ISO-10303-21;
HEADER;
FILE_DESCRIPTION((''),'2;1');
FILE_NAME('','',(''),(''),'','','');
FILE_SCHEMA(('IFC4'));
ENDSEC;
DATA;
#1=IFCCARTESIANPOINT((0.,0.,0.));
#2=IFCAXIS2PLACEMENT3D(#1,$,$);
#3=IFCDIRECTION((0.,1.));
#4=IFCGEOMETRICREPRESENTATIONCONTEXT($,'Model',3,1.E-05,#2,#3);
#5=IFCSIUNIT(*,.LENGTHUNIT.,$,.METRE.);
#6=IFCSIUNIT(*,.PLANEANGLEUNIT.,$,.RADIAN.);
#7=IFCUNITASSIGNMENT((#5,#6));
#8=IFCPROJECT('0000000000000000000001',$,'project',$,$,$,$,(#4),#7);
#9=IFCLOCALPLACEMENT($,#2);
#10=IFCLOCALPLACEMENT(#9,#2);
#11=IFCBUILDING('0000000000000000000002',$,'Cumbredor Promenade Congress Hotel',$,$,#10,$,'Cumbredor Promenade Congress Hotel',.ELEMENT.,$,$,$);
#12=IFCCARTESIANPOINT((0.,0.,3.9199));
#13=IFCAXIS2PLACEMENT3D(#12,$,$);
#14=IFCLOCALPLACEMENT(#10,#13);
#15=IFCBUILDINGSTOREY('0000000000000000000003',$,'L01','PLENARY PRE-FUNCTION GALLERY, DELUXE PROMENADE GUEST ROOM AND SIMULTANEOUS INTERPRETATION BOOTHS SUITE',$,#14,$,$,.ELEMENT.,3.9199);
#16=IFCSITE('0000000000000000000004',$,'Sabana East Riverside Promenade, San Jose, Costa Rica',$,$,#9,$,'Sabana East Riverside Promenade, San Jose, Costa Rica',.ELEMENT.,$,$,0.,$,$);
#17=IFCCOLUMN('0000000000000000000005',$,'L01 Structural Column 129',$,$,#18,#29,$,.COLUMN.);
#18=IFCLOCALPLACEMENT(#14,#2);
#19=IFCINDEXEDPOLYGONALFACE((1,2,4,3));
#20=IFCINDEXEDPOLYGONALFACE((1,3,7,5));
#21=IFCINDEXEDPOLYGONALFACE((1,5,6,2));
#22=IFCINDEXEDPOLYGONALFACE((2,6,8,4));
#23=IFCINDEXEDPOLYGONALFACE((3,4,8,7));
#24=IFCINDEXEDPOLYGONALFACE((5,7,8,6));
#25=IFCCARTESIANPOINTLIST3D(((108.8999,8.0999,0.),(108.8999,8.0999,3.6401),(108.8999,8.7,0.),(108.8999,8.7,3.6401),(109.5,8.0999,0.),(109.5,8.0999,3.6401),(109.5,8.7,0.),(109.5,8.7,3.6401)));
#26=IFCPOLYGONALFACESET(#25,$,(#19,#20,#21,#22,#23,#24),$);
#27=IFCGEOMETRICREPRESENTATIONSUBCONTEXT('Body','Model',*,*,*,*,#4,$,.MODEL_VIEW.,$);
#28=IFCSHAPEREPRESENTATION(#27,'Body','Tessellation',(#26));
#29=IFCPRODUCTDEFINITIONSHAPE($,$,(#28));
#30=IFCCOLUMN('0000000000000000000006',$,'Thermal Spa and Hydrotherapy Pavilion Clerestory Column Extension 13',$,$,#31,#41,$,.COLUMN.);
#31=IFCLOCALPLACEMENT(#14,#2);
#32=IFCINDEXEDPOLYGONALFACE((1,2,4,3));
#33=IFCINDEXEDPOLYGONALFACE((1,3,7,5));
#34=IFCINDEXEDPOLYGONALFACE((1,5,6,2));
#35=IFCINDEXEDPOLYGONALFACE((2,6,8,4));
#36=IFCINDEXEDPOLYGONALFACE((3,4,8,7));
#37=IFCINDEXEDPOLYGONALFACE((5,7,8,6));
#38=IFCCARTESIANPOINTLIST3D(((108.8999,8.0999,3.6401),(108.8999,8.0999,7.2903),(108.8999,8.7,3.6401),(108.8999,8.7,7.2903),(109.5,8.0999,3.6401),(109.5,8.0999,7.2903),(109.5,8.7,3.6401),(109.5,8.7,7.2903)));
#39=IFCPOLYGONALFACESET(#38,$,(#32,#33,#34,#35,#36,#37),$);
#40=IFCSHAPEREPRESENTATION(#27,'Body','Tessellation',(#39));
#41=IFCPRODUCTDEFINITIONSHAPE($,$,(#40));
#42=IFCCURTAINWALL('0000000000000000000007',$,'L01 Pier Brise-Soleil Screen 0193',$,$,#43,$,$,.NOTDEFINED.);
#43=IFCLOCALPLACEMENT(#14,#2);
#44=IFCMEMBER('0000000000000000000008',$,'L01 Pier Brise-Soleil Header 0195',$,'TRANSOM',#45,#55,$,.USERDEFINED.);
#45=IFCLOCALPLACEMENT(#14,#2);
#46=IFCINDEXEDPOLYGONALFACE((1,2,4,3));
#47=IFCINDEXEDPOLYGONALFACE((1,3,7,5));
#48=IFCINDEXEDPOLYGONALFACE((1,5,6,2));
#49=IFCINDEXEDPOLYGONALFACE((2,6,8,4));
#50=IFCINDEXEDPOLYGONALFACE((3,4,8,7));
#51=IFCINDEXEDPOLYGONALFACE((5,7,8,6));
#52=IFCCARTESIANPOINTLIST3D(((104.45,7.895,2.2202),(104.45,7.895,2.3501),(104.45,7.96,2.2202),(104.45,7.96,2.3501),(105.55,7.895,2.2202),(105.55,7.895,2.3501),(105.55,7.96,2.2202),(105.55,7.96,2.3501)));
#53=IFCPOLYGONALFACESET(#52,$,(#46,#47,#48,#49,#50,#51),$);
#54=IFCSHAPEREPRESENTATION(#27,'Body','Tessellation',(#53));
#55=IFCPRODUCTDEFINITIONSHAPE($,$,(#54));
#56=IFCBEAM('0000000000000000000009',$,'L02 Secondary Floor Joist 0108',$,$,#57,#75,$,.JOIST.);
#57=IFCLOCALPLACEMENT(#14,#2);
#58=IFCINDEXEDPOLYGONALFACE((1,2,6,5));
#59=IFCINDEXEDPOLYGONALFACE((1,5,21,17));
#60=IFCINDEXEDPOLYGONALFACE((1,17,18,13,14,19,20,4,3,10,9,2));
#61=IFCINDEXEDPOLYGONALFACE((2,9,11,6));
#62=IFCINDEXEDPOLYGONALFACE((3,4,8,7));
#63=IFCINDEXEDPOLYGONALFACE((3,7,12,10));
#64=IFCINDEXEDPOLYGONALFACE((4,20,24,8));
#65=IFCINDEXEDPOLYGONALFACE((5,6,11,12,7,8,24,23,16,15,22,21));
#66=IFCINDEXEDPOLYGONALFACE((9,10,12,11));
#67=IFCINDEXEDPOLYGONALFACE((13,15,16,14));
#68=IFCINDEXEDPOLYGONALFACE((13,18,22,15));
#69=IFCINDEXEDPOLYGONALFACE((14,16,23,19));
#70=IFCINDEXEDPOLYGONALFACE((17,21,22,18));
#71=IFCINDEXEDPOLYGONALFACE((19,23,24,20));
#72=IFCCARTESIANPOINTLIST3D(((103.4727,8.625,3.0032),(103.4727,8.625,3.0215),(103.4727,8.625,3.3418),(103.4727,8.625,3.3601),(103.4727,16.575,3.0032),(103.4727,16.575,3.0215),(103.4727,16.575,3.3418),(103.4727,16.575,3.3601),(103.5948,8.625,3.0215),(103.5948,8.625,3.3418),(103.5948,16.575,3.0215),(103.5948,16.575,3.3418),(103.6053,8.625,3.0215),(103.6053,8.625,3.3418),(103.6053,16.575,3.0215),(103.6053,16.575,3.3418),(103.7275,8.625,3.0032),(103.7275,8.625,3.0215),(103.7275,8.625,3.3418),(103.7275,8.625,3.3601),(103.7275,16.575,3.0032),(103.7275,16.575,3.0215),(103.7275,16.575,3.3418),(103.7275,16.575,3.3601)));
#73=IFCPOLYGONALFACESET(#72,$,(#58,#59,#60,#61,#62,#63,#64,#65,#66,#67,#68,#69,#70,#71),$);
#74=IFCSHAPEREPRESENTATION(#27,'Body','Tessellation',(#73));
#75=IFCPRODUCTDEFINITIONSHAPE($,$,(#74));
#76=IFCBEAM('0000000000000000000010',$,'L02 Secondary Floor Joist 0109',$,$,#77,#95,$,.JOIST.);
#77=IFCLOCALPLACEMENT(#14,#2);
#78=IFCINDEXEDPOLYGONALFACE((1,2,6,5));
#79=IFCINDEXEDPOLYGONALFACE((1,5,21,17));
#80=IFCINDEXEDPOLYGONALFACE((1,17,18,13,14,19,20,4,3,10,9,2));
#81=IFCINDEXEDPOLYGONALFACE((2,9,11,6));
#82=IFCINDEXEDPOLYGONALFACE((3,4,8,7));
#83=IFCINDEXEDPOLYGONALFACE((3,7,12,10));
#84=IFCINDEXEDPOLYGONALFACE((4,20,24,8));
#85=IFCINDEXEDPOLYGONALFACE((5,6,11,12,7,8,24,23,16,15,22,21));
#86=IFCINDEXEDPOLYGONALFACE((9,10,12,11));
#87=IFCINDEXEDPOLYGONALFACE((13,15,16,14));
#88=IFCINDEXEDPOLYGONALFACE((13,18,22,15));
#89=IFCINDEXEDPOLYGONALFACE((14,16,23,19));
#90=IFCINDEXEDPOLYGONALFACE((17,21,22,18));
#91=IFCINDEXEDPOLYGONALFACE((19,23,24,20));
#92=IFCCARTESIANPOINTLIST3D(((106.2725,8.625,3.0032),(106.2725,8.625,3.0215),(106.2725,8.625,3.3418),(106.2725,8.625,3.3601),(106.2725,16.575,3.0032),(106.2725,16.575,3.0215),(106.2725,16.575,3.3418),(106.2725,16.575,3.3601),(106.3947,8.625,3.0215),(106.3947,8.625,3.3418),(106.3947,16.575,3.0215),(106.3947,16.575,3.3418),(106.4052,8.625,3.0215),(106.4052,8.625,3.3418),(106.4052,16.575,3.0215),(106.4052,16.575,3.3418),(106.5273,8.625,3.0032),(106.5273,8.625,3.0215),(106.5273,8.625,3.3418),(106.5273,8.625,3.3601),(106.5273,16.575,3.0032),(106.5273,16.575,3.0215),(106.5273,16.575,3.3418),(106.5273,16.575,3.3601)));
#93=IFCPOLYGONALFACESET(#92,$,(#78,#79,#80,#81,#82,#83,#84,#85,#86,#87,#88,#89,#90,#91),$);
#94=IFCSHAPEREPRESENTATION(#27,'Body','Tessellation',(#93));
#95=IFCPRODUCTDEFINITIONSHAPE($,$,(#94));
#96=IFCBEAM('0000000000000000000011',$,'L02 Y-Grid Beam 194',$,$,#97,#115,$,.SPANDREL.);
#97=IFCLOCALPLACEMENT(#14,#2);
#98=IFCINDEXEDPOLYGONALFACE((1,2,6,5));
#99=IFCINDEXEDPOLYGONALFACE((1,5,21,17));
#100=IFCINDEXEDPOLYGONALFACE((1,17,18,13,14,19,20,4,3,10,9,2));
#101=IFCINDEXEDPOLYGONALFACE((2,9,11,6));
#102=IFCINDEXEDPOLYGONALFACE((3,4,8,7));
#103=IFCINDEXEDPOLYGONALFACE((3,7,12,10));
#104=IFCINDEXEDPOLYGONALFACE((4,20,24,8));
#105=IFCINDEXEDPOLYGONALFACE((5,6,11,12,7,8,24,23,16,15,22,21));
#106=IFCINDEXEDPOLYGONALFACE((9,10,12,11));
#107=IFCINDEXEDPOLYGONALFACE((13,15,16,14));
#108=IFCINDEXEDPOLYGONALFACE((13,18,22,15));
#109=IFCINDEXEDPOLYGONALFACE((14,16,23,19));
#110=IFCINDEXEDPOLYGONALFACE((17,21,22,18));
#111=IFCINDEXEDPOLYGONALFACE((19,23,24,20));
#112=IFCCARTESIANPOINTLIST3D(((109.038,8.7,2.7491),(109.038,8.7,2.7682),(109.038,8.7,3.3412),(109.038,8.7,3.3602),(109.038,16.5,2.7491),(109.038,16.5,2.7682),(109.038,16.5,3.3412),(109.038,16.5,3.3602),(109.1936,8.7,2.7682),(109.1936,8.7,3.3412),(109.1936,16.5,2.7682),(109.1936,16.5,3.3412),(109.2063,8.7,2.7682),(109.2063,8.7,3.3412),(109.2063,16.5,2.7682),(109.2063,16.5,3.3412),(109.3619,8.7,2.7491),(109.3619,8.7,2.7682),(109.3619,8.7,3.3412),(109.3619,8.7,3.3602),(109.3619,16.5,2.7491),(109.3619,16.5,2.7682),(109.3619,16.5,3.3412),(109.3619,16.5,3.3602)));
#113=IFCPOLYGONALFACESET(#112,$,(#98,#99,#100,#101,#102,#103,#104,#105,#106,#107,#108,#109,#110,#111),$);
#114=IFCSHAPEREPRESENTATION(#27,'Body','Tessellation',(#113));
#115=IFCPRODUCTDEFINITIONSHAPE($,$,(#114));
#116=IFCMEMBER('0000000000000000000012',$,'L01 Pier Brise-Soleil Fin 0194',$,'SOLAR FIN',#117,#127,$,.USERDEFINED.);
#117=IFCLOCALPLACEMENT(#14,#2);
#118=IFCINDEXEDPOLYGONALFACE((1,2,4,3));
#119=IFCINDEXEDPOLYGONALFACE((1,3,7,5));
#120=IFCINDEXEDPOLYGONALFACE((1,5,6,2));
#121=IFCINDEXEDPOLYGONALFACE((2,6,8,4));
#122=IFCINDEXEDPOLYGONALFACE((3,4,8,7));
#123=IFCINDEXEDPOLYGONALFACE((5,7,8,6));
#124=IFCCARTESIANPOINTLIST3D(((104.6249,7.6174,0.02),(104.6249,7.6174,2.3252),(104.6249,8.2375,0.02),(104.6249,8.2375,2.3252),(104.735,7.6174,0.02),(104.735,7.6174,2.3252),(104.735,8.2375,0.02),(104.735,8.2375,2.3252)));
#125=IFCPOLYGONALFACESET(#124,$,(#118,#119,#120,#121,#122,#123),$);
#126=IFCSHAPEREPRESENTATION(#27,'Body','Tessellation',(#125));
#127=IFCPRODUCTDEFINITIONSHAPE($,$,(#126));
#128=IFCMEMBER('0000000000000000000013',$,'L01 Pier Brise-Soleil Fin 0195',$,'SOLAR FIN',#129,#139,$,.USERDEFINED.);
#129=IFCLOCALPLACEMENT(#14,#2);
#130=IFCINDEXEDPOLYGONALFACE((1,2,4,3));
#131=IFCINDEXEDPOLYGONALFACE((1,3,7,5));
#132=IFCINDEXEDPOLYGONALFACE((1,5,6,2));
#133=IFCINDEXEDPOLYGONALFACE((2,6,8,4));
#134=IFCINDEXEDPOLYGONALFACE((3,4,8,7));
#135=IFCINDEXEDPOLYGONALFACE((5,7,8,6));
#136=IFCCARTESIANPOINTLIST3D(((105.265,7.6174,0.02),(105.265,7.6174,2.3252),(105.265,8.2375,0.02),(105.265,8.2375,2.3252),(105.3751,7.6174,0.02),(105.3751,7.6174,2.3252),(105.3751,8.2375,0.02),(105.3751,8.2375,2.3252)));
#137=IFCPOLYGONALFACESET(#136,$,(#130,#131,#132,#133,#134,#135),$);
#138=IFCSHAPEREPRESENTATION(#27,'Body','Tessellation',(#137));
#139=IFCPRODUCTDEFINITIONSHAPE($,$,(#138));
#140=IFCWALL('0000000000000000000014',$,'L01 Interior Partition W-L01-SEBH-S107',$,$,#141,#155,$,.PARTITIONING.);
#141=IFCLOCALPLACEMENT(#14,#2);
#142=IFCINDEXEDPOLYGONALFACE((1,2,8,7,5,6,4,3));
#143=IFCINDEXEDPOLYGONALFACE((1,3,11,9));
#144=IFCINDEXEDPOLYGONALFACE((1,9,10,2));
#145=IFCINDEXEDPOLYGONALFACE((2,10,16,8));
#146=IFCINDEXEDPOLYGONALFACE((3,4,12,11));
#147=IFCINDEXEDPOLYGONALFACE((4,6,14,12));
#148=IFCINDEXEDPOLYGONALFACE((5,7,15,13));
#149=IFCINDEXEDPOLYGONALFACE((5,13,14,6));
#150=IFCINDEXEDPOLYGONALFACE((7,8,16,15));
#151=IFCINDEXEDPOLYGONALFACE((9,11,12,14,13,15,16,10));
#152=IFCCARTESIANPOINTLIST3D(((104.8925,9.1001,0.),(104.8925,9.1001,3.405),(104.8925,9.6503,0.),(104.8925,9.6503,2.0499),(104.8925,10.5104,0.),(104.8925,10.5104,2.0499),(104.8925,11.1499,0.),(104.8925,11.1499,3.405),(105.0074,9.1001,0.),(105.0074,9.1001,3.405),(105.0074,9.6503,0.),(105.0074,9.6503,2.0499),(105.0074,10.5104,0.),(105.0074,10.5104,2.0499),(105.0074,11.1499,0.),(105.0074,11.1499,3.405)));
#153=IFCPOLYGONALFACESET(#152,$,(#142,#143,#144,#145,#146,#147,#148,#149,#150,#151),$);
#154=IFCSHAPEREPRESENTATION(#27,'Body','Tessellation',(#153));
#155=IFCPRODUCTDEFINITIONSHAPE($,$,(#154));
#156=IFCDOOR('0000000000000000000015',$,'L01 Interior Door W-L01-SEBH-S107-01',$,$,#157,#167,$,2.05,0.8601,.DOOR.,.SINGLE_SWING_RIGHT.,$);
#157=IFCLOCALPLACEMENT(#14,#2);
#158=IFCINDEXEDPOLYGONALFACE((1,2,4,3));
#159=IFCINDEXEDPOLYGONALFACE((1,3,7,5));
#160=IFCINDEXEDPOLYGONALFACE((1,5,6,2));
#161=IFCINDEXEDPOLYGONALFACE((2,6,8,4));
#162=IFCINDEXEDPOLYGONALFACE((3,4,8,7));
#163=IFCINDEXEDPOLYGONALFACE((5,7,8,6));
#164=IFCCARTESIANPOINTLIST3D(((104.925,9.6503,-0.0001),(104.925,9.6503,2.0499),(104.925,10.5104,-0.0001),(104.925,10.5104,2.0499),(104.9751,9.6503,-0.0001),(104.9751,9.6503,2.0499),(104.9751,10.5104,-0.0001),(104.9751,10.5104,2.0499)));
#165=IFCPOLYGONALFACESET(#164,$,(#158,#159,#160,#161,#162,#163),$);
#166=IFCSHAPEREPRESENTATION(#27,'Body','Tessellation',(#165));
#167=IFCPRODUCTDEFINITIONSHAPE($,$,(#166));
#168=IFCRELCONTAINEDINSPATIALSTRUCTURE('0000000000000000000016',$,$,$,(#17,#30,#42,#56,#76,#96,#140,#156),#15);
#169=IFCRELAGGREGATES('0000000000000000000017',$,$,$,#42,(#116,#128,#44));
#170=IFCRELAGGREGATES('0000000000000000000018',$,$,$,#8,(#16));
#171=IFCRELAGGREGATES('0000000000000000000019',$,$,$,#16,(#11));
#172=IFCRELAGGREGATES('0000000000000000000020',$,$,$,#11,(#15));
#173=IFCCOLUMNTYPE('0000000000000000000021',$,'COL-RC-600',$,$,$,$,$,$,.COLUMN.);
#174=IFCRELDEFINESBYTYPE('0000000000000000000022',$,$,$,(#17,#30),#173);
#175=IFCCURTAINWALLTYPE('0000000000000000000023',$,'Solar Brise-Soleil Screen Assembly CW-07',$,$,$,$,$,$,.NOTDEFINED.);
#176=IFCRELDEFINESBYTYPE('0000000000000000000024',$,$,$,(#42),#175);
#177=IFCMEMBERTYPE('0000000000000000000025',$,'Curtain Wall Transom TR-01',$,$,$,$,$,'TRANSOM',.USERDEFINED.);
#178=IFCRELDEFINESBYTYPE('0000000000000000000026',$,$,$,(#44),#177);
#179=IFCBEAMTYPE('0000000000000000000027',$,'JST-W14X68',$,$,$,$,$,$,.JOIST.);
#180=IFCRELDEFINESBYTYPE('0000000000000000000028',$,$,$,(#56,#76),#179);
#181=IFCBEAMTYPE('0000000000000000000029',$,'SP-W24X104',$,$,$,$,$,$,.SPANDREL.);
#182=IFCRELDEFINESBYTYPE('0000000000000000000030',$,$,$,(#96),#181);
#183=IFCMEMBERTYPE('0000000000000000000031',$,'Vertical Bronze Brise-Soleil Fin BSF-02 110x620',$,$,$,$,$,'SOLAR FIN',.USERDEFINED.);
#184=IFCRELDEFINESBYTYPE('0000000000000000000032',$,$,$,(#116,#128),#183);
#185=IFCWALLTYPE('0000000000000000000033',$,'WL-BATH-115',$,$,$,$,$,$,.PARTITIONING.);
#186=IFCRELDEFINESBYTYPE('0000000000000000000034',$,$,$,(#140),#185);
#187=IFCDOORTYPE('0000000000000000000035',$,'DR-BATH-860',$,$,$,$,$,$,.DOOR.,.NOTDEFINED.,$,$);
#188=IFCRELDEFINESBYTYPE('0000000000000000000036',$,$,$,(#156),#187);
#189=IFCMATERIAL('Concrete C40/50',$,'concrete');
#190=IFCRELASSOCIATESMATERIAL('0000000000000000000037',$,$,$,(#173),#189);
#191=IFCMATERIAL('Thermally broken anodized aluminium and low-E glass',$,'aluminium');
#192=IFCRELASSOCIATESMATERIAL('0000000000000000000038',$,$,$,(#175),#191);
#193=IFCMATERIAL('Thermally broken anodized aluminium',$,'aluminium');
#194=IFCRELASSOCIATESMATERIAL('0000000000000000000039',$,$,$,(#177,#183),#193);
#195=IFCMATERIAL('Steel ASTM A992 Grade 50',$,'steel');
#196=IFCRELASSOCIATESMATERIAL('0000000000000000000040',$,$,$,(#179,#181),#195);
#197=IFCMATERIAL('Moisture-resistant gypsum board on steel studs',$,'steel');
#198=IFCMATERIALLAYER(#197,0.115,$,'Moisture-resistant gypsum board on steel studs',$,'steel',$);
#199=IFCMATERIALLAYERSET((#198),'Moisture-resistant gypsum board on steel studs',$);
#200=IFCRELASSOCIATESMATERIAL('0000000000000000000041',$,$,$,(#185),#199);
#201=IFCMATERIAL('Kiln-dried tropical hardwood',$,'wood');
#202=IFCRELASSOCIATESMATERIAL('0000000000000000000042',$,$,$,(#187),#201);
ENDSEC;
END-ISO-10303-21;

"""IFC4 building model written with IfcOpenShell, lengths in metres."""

from ifc_helpers import new_model, si_unit, direction, frame, frame_2d, origin, origin_2d, place, context, subcontext, project, spatial, rectangle, i_section, extrude, material, layer, layer_set, material_profile, profile_set, type_object, element, fill, aggregate, save


model = new_model("IFC4")

# Units and contexts
model_context = context("Model", 3, precision=1e-05, world=origin(), true_north=direction((0.0, 1.0)))
body_context = subcontext(model_context, "Body", "Model", "MODEL_VIEW")
ifc_project = project(units=[si_unit("LENGTHUNIT", "METRE"), si_unit("PLANEANGLEUNIT", "RADIAN")], contexts=[model_context])

# Site, building, storey
site_placement = place(None, origin())
site = spatial("IfcSite", under=ifc_project, at=site_placement, Name="Sabana East Riverside Promenade, San Jose, Costa Rica", LongName="Sabana East Riverside Promenade, San Jose, Costa Rica", CompositionType="ELEMENT", RefElevation=0.0)
building_placement = place(site_placement, origin())
building = spatial("IfcBuilding", under=site, at=building_placement, Name="Cumbredor Promenade Congress Hotel", LongName="Cumbredor Promenade Congress Hotel", CompositionType="ELEMENT")
storey_placement = place(building_placement, frame((0.0, 0.0, 3.9199)))
storey = spatial("IfcBuildingStorey", under=building, at=storey_placement, Name="L01", Description="PLENARY PRE-FUNCTION GALLERY, DELUXE PROMENADE GUEST ROOM AND SIMULTANEOUS INTERPRETATION BOOTHS SUITE", CompositionType="ELEMENT", Elevation=3.9199)

# Columns
ifc_material_1 = material(Name="Concrete C40/50", Category="concrete")
ifc_material_profile_1 = material_profile(ifc_material_1, rectangle(XDim=0.6001, YDim=0.6001, at=origin_2d()), Name="RC 600x600")
ifc_profile_set_1 = profile_set([ifc_material_profile_1], Name="Concrete C40/50")
column_type = type_object("IfcColumnType", Name="COL-RC-600", PredefinedType="COLUMN", material=ifc_profile_set_1)
column_1_placement = place(storey_placement, frame((109.2, 8.3999, 0.0), z_axis=(0.0, 0.0, 1.0), x_axis=(1.0, 0.0, 0.0)))
element("IfcColumn", 1, at=column_1_placement, inside=storey, type_object=column_type, Name="L01 Structural Column 129", PredefinedType="COLUMN", context=body_context, shape_type="SweptSolid", body=[
    extrude(rectangle(XDim=0.6001, YDim=0.6001, at=origin_2d()), origin(), (0.0, 0.0, 1.0), 3.6401),
])
column_2_placement = place(storey_placement, frame((109.2, 8.3999, 3.6401), z_axis=(0.0, 0.0, 1.0), x_axis=(1.0, 0.0, 0.0)))
element("IfcColumn", 2, at=column_2_placement, inside=storey, type_object=column_type, Name="Thermal Spa and Hydrotherapy Pavilion Clerestory Column Extension 13", PredefinedType="COLUMN", context=body_context, shape_type="SweptSolid", body=[
    extrude(rectangle(XDim=0.6001, YDim=0.6001, at=origin_2d()), origin(), (0.0, 0.0, 1.0), 3.6501),
])

# Curtain wall, member
ifc_material_2 = material(Name="Thermally broken anodized aluminium and low-E glass", Category="aluminium")
curtain_wall_type = type_object("IfcCurtainWallType", Name="Solar Brise-Soleil Screen Assembly CW-07", PredefinedType="NOTDEFINED", material=ifc_material_2)
curtain_wall_placement = place(storey_placement, origin())
curtain_wall = element("IfcCurtainWall", 3, at=curtain_wall_placement, inside=storey, type_object=curtain_wall_type, Name="L01 Pier Brise-Soleil Screen 0193", PredefinedType="NOTDEFINED")
ifc_material_3 = material(Name="Thermally broken anodized aluminium", Category="aluminium")
ifc_material_profile_2 = material_profile(ifc_material_3, rectangle(XDim=0.0649, YDim=0.1299, at=origin_2d()), Name="ALU TRANSOM 65x130")
ifc_profile_set_2 = profile_set([ifc_material_profile_2], Name="Thermally broken anodized aluminium")
member_type_1 = type_object("IfcMemberType", Name="Curtain Wall Transom TR-01", ElementType="TRANSOM", PredefinedType="USERDEFINED", material=ifc_profile_set_2)
member_1_placement = place(storey_placement, frame((104.45, 7.9275, 2.2852), z_axis=(1.0, 0.0, 0.0), x_axis=(0.0, 1.0, 0.0)))
member_1 = element("IfcMember", 4, at=member_1_placement, type_object=member_type_1, Name="L01 Pier Brise-Soleil Header 0195", ObjectType="TRANSOM", PredefinedType="USERDEFINED", context=body_context, shape_type="SweptSolid", body=[
    extrude(rectangle(XDim=0.0649, YDim=0.1299, at=origin_2d()), origin(), (0.0, 0.0, 1.0), 1.1001),
])

# Beams
ifc_material_4 = material(Name="Steel ASTM A992 Grade 50", Category="steel")
ifc_material_profile_3 = material_profile(ifc_material_4, i_section(OverallWidth=0.2549, OverallDepth=0.3569, WebThickness=0.0105, FlangeThickness=0.0183, at=origin_2d()), Name="W14X68")
ifc_profile_set_3 = profile_set([ifc_material_profile_3], Name="Steel ASTM A992 Grade 50")
beam_type_1 = type_object("IfcBeamType", Name="JST-W14X68", PredefinedType="JOIST", material=ifc_profile_set_3)
for number, where, z_axis, x_axis, name in (
    (5, (103.6001, 8.625, 3.1816), (0.0, 1.0, 0.0), (-1.0, 0.0, 0.0), "L02 Secondary Floor Joist 0108"),
    (6, (106.3999, 8.625, 3.1816), (0.0, 1.0, 0.0), (-1.0, 0.0, 0.0), "L02 Secondary Floor Joist 0109"),
):
    element("IfcBeam", number, at=place(storey_placement, frame(where, z_axis=z_axis, x_axis=x_axis)), inside=storey, type_object=beam_type_1, Name=name, PredefinedType="JOIST", context=body_context, shape_type="SweptSolid", body=[
        extrude(i_section(OverallWidth=0.2549, OverallDepth=0.3569, WebThickness=0.0105, FlangeThickness=0.0183, at=origin_2d()), origin(), (0.0, 0.0, 1.0), 7.95),
    ])
ifc_material_profile_4 = material_profile(ifc_material_4, i_section(OverallWidth=0.324, OverallDepth=0.6111, WebThickness=0.0127, FlangeThickness=0.019, at=origin_2d()), Name="W24X104")
ifc_profile_set_4 = profile_set([ifc_material_profile_4], Name="Steel ASTM A992 Grade 50")
beam_type_2 = type_object("IfcBeamType", Name="SP-W24X104", PredefinedType="SPANDREL", material=ifc_profile_set_4)
beam_placement = place(storey_placement, frame((109.2, 8.7, 3.0547), z_axis=(0.0, 1.0, 0.0), x_axis=(-1.0, 0.0, 0.0)))
element("IfcBeam", 7, at=beam_placement, inside=storey, type_object=beam_type_2, Name="L02 Y-Grid Beam 194", PredefinedType="SPANDREL", context=body_context, shape_type="SweptSolid", body=[
    extrude(i_section(OverallWidth=0.324, OverallDepth=0.6111, WebThickness=0.0127, FlangeThickness=0.019, at=origin_2d()), origin(), (0.0, 0.0, 1.0), 7.8),
])

# Members
ifc_material_profile_5 = material_profile(ifc_material_3, rectangle(XDim=0.1101, YDim=0.6201, at=origin_2d()), Name="ARCH FIN 110x620")
ifc_profile_set_5 = profile_set([ifc_material_profile_5], Name="Thermally broken anodized aluminium")
member_type_2 = type_object("IfcMemberType", Name="Vertical Bronze Brise-Soleil Fin BSF-02 110x620", ElementType="SOLAR FIN", PredefinedType="USERDEFINED", material=ifc_profile_set_5)
member_2_placement = place(storey_placement, frame((104.6799, 7.9275, 0.02), z_axis=(0.0, 0.0, 1.0), x_axis=(1.0, 0.0, 0.0)))
member_2 = element("IfcMember", 8, at=member_2_placement, type_object=member_type_2, Name="L01 Pier Brise-Soleil Fin 0194", ObjectType="SOLAR FIN", PredefinedType="USERDEFINED", context=body_context, shape_type="SweptSolid", body=[
    extrude(rectangle(XDim=0.1101, YDim=0.6201, at=origin_2d()), origin(), (0.0, 0.0, 1.0), 2.3052),
])
member_3_placement = place(storey_placement, frame((105.3201, 7.9275, 0.02), z_axis=(0.0, 0.0, 1.0), x_axis=(1.0, 0.0, 0.0)))
member_3 = element("IfcMember", 9, at=member_3_placement, type_object=member_type_2, Name="L01 Pier Brise-Soleil Fin 0195", ObjectType="SOLAR FIN", PredefinedType="USERDEFINED", context=body_context, shape_type="SweptSolid", body=[
    extrude(rectangle(XDim=0.1101, YDim=0.6201, at=origin_2d()), origin(), (0.0, 0.0, 1.0), 2.3052),
])
aggregate(curtain_wall, [member_2, member_3, member_1])

# Wall, opening, door
ifc_material_5 = material(Name="Moisture-resistant gypsum board on steel studs", Category="steel")
ifc_layer_1 = layer(ifc_material_5, 0.115, Name="Moisture-resistant gypsum board on steel studs", Category="steel")
ifc_layer_set_1 = layer_set([ifc_layer_1], Name="Moisture-resistant gypsum board on steel studs")
wall_type_1 = type_object("IfcWallType", Name="WL-BATH-115", PredefinedType="PARTITIONING", material=ifc_layer_set_1)
wall_1_placement = place(storey_placement, frame((104.95, 9.1001, 0.0), z_axis=(0.0, 0.0, 1.0), x_axis=(0.0, 1.0, 0.0)))
wall_1 = element("IfcWall", 10, at=wall_1_placement, inside=storey, type_object=wall_type_1, Name="L01 Interior Partition W-L01-SEBH-S107", PredefinedType="PARTITIONING", context=body_context, shape_type="SweptSolid", body=[
    extrude(rectangle(XDim=2.0498, YDim=0.115, at=frame_2d((1.0249, 0.0))), origin(), (0.0, 0.0, 1.0), 3.405),
])
opening_1_placement = place(wall_1_placement, frame((0.55, 0.0, 0.0)))
opening_1 = element("IfcOpeningElement", 11, at=opening_1_placement, cuts=wall_1, PredefinedType="OPENING", context=body_context, shape_type="SweptSolid", body=[
    extrude(rectangle(XDim=0.8601, YDim=2.05, at=frame_2d((0.4302, 1.0249))), frame((0.0, 0.0674, 0.0), z_axis=(0.0, -1.0, 0.0), x_axis=(1.0, 0.0, 0.0)), (0.0, 0.0, 1.0), 0.135),
])
ifc_material_6 = material(Name="Kiln-dried tropical hardwood", Category="wood")
door_type = type_object("IfcDoorType", Name="DR-BATH-860", OperationType="NOTDEFINED", PredefinedType="DOOR", material=ifc_material_6)
door_1_placement = place(opening_1_placement, origin())
door_1 = element("IfcDoor", 12, at=door_1_placement, inside=storey, type_object=door_type, Name="L01 Interior Door W-L01-SEBH-S107-01", OperationType="SINGLE_SWING_RIGHT", OverallHeight=2.05, OverallWidth=0.8601, PredefinedType="DOOR", context=body_context, shape_type="SweptSolid", body=[
    extrude(rectangle(XDim=0.8601, YDim=2.05, at=frame_2d((0.4302, 1.0249))), frame((0.0, 0.0249, 0.0), z_axis=(0.0, -1.0, 0.0), x_axis=(1.0, 0.0, 0.0)), (0.0, 0.0, 1.0), 0.05),
])
fill(opening_1, door_1)

save(model, "model.ifc")
